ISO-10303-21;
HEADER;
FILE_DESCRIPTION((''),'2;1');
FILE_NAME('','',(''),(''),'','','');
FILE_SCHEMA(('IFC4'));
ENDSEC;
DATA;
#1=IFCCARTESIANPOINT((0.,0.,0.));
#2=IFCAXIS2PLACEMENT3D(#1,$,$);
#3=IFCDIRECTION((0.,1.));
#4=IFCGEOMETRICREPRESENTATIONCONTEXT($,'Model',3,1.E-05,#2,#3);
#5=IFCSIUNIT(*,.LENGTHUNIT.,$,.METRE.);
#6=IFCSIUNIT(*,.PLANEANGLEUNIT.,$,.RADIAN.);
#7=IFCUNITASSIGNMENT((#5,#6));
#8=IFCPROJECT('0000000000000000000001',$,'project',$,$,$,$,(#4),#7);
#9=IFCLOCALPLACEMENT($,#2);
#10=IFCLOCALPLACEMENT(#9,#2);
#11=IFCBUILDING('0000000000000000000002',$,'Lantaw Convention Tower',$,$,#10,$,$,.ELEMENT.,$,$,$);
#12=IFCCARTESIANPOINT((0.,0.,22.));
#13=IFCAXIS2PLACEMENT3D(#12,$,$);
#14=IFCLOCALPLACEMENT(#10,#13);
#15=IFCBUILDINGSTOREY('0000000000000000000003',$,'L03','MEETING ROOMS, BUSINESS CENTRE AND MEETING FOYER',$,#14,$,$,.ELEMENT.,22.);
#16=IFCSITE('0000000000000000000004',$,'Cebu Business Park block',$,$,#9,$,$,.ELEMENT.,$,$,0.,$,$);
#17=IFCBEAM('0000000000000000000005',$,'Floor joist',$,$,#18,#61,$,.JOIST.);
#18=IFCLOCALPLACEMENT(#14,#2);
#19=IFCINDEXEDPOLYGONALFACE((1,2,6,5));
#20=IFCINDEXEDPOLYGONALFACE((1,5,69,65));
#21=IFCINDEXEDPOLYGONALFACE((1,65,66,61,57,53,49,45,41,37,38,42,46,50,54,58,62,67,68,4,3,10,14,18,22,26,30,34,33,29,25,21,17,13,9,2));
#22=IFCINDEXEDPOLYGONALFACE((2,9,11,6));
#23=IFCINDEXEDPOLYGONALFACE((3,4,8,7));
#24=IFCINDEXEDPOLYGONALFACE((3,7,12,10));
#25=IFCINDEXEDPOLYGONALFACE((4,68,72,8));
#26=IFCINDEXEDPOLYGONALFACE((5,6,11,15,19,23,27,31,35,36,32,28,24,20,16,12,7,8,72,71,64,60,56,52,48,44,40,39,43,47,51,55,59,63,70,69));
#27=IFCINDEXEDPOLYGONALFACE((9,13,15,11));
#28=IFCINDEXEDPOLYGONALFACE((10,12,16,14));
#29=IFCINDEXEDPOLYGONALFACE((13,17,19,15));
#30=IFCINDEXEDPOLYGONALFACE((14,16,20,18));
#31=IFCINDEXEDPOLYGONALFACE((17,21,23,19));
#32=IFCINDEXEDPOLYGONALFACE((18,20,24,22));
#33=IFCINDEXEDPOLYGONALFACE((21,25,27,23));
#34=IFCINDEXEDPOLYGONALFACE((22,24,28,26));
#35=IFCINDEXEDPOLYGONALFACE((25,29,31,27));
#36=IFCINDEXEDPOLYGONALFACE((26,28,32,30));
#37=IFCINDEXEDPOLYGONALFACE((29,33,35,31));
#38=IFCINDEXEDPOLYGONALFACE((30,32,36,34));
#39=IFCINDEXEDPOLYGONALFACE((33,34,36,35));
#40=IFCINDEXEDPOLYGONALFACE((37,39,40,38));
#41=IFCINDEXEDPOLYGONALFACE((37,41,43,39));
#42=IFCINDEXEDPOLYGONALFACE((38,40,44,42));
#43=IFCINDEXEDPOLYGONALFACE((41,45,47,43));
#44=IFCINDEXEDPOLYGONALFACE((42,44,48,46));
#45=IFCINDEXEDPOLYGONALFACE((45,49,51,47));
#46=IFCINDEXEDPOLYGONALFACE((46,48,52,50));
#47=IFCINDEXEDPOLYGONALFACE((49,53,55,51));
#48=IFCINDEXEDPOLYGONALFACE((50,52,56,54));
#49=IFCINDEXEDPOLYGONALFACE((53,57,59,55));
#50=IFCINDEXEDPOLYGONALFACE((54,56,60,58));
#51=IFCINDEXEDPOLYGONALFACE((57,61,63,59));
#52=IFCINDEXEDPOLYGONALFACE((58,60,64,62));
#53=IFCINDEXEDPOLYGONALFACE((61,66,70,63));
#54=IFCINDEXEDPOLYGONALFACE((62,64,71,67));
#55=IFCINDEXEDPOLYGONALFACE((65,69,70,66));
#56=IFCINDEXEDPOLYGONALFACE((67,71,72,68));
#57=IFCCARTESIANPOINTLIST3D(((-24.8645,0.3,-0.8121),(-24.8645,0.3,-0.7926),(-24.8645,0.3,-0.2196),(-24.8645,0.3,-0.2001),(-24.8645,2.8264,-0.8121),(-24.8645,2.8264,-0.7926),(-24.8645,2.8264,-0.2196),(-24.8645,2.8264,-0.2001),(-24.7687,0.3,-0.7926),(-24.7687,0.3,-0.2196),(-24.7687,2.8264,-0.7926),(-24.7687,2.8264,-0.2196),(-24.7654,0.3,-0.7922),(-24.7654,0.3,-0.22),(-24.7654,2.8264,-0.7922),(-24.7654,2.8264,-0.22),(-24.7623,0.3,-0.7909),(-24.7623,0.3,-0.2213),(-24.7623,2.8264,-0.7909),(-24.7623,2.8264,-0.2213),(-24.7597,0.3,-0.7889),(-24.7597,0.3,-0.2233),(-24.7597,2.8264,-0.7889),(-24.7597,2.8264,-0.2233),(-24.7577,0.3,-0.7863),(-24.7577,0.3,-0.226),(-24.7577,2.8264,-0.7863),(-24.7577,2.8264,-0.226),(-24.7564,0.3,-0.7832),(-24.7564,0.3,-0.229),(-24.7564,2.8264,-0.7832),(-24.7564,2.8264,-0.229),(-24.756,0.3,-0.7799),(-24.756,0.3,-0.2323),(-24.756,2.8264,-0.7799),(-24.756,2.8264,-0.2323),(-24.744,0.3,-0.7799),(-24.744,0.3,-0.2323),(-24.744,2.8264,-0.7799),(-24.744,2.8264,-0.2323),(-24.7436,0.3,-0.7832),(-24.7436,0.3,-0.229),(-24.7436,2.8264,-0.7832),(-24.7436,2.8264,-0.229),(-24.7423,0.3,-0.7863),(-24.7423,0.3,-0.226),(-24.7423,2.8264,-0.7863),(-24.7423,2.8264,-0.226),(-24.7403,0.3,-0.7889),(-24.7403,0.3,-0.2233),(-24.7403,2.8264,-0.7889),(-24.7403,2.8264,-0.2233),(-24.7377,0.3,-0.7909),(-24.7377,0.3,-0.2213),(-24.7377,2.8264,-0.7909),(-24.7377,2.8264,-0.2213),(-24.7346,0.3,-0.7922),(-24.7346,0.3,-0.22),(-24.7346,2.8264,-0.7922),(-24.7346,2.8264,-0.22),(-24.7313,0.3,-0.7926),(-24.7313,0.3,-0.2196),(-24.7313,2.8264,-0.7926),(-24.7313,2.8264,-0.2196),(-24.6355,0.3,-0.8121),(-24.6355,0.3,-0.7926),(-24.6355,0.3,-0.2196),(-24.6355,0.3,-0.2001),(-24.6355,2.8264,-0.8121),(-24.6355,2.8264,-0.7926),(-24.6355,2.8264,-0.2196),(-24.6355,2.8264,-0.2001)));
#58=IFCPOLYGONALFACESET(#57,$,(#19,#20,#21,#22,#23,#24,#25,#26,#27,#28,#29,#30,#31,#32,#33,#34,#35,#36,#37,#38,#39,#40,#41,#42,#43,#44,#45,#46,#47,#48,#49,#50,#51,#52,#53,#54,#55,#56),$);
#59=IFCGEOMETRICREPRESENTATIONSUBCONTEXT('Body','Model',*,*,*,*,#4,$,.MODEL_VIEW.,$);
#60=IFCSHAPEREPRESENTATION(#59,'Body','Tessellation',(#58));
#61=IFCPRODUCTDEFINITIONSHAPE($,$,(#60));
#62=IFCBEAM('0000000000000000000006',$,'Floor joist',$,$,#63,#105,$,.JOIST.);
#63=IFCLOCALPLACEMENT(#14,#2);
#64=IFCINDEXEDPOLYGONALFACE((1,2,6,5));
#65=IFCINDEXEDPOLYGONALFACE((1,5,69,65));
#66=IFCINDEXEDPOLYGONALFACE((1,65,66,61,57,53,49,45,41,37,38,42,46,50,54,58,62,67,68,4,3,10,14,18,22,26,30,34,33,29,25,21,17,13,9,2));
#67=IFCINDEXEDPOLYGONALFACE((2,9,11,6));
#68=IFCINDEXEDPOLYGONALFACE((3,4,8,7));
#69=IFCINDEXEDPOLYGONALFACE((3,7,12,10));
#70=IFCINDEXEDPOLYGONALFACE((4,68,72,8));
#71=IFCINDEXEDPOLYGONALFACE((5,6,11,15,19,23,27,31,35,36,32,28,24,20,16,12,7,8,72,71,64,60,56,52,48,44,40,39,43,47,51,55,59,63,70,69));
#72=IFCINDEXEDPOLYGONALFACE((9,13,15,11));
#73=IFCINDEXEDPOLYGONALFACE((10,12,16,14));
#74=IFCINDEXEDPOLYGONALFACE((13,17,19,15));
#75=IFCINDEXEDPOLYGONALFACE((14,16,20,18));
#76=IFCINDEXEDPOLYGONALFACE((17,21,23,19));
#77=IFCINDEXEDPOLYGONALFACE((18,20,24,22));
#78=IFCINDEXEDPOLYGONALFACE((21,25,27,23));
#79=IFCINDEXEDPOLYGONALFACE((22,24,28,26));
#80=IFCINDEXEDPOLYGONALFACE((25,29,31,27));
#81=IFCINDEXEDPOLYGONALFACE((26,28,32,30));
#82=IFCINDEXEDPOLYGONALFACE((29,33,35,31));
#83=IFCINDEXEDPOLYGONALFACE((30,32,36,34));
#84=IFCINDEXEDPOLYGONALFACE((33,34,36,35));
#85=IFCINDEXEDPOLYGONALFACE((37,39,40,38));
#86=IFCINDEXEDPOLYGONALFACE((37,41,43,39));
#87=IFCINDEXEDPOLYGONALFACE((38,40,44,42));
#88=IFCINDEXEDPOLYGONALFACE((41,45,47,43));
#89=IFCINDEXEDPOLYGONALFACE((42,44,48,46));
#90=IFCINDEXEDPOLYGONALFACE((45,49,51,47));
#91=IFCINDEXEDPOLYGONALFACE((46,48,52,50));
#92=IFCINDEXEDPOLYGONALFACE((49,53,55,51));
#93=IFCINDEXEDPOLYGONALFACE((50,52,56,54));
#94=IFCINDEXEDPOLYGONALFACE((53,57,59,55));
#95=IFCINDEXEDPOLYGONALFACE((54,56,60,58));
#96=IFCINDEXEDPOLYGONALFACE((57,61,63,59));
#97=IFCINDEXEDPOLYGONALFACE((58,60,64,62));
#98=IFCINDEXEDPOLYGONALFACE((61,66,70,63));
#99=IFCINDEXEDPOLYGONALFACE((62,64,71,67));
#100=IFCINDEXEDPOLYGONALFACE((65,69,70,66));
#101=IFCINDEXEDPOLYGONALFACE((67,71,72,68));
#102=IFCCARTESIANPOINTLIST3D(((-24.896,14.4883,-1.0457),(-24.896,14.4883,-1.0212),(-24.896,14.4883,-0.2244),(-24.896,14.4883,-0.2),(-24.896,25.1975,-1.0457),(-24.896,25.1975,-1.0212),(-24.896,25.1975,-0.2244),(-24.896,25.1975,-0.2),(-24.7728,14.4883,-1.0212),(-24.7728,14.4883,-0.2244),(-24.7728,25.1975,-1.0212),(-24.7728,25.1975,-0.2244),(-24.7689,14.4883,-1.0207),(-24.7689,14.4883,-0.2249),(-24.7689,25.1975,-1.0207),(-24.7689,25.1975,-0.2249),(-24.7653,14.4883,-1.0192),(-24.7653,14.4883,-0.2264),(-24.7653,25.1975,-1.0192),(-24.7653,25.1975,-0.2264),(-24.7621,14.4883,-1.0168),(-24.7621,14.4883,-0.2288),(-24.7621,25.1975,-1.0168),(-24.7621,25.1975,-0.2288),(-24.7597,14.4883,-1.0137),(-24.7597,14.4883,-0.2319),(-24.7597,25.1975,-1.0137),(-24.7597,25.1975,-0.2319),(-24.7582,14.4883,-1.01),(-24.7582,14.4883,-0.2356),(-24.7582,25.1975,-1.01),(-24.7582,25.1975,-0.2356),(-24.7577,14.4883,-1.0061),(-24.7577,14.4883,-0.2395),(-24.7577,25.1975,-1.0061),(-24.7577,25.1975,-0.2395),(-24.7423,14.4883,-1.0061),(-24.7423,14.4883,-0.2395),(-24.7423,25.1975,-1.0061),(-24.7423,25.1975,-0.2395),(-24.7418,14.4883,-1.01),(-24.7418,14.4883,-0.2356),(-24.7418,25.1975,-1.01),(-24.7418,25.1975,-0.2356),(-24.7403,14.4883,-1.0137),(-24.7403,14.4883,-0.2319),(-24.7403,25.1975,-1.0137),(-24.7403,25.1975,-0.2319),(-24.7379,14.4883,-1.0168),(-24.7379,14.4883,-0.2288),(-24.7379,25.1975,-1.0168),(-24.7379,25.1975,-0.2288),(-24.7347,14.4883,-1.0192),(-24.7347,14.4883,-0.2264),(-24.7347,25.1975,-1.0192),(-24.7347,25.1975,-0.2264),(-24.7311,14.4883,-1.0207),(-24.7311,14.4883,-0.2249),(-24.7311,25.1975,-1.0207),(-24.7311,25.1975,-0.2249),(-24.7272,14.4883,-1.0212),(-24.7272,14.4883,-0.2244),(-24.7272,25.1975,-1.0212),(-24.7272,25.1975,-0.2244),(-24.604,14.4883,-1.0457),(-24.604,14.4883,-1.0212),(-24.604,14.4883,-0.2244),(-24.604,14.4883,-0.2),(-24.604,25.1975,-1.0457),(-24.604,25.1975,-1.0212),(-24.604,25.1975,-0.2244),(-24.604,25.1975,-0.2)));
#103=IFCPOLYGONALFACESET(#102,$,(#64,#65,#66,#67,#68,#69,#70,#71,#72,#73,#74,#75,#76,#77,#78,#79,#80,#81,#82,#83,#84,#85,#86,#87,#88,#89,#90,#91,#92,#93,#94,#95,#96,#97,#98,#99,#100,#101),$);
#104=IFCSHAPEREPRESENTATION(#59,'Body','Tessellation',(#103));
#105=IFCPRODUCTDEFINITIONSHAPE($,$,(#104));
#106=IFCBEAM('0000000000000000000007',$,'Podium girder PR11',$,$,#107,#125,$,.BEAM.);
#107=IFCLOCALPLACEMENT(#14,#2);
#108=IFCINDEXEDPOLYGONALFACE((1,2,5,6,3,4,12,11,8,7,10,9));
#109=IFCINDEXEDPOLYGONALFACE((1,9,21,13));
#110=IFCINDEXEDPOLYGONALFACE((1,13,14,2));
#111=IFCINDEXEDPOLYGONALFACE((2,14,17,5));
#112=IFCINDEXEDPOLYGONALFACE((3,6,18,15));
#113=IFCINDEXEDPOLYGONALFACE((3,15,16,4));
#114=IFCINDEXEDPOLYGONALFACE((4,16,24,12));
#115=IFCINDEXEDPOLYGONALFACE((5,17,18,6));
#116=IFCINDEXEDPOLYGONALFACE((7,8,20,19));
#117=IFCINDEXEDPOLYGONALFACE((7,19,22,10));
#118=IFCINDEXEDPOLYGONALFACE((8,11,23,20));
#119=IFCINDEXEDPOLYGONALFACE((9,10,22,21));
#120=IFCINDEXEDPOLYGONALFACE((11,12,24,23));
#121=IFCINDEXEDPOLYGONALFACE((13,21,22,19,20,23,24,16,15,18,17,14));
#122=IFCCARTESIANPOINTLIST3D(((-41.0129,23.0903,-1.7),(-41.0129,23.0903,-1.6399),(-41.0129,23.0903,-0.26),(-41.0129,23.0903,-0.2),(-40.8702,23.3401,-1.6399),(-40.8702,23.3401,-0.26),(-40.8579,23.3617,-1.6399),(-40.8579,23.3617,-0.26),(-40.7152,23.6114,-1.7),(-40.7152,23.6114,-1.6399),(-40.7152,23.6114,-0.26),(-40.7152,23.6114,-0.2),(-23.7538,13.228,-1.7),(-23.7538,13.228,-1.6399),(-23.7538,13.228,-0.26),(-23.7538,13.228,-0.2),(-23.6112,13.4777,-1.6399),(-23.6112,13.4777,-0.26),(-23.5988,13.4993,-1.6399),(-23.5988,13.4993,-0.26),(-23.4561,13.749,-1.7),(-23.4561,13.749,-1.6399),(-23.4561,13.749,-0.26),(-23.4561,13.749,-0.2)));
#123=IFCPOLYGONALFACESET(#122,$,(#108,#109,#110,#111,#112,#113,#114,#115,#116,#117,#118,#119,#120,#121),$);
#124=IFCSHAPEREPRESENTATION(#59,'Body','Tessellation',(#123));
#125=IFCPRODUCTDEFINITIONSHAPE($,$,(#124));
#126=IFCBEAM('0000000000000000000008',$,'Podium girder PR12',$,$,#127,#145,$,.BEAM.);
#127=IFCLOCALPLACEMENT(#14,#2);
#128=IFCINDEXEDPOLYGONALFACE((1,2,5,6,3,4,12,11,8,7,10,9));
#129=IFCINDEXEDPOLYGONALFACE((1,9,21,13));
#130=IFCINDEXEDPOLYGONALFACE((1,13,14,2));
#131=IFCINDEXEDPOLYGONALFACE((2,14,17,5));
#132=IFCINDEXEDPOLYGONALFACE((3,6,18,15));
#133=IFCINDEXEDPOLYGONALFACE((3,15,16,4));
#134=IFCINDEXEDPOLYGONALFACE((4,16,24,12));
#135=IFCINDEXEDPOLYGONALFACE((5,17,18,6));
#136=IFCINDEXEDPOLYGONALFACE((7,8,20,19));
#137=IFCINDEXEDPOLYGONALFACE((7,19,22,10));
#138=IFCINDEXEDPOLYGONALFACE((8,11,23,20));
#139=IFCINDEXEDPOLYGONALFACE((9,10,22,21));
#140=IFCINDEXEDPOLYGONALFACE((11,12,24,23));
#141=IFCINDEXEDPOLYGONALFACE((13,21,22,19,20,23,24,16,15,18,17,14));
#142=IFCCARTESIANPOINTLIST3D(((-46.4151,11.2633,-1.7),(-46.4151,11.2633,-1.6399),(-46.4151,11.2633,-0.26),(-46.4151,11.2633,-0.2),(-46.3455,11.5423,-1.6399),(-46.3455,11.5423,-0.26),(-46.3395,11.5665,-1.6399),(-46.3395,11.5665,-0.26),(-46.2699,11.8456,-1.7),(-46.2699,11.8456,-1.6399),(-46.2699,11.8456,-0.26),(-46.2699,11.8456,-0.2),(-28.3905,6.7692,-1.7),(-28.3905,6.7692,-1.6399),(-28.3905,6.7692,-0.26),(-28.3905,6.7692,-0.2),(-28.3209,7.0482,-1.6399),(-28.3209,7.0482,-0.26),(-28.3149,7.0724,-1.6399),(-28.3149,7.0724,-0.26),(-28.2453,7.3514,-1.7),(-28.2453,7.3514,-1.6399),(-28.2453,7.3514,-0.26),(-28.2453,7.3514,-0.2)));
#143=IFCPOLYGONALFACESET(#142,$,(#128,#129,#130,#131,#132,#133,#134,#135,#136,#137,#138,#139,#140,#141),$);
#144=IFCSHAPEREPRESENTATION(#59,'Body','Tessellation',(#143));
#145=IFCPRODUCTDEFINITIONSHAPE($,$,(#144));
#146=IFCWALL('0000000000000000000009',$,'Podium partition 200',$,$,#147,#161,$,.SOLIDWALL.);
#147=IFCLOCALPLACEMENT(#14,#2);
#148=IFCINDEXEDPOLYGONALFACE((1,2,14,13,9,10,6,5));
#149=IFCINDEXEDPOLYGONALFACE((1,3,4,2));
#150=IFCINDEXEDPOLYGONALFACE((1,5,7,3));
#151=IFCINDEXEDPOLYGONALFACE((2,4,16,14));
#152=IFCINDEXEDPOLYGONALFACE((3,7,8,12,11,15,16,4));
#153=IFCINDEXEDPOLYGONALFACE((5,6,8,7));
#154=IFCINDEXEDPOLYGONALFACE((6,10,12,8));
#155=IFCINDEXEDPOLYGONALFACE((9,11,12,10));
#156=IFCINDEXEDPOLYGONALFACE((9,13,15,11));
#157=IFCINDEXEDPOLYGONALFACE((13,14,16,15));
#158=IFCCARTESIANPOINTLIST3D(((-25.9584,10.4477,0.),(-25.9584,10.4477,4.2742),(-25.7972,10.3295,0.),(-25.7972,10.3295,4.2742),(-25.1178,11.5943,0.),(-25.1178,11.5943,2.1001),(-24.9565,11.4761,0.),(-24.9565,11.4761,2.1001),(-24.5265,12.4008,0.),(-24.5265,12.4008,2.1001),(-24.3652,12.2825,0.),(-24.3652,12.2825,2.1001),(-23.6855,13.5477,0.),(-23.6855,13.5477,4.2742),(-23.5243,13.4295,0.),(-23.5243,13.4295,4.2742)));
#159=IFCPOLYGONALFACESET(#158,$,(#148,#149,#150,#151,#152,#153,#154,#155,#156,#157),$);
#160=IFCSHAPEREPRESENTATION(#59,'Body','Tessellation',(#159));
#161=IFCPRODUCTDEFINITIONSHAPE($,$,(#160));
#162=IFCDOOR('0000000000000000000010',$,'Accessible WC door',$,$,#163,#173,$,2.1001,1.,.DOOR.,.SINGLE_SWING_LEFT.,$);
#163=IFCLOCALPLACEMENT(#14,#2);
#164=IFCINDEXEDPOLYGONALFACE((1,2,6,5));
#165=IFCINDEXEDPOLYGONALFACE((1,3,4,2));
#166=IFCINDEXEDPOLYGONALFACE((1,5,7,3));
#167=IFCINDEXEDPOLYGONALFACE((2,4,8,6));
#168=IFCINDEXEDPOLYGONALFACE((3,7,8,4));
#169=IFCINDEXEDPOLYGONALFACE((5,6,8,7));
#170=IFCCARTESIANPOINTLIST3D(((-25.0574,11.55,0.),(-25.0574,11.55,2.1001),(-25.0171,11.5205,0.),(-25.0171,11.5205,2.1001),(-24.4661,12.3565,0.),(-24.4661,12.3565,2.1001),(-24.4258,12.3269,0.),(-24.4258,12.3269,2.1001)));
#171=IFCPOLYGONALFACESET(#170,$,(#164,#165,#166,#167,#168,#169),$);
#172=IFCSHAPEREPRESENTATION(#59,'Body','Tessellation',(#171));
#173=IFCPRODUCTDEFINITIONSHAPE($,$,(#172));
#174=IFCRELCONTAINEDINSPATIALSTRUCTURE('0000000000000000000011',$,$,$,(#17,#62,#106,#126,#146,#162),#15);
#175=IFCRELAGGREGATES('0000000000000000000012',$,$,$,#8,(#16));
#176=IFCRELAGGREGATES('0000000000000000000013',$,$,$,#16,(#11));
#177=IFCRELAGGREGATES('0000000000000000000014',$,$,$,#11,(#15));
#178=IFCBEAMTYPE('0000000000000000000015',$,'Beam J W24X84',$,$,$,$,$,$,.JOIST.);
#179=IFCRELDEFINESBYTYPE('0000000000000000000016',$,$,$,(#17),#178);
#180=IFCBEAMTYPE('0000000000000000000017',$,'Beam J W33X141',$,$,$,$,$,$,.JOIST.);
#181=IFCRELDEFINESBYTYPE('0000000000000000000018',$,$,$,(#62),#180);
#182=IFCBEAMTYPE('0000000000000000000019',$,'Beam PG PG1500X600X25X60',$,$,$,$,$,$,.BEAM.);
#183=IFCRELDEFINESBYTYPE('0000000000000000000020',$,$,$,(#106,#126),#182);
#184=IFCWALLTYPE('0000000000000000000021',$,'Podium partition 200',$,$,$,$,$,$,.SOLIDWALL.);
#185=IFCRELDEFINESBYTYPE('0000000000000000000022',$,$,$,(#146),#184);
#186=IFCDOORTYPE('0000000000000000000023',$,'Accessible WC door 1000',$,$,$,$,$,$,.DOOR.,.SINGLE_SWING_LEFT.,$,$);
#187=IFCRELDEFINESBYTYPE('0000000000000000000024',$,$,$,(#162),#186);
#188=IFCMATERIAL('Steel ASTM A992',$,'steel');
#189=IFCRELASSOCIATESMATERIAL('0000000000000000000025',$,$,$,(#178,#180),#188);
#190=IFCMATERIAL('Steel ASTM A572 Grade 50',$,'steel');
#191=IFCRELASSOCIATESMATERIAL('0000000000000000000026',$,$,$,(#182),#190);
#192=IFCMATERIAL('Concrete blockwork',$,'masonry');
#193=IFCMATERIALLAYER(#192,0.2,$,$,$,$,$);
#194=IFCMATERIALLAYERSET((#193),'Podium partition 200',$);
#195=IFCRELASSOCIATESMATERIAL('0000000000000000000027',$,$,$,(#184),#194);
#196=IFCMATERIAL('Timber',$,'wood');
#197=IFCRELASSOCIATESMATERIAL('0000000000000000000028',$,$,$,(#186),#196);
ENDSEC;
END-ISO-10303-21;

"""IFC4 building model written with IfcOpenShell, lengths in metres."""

from ifc_helpers import new_model, si_unit, direction, frame, frame_2d, origin, origin_2d, place, context, subcontext, project, spatial, rectangle, i_section, extrude, material, layer, layer_set, material_profile, profile_set, type_object, element, fill, save


model = new_model("IFC4")

# Units and contexts
model_context = context("Model", 3, precision=1e-05, world=origin(), true_north=direction((0.0, 1.0)))
body_context = subcontext(model_context, "Body", "Model", "MODEL_VIEW")
ifc_project = project(units=[si_unit("LENGTHUNIT", "METRE"), si_unit("PLANEANGLEUNIT", "RADIAN")], contexts=[model_context])

# Site, building, storey
site_placement = place(None, origin())
site = spatial("IfcSite", under=ifc_project, at=site_placement, Name="Cebu Business Park block", CompositionType="ELEMENT", RefElevation=0.0)
building_placement = place(site_placement, origin())
building = spatial("IfcBuilding", under=site, at=building_placement, Name="Lantaw Convention Tower", CompositionType="ELEMENT")
storey_placement = place(building_placement, frame((0.0, 0.0, 22.0)))
storey = spatial("IfcBuildingStorey", under=building, at=storey_placement, Name="L03", Description="MEETING ROOMS, BUSINESS CENTRE AND MEETING FOYER", CompositionType="ELEMENT", Elevation=22.0)

# Shared definitions
ifc_material_1 = material(Name="Steel ASTM A572 Grade 50", Category="steel")

# Beams
ifc_material_2 = material(Name="Steel ASTM A992", Category="steel")
ifc_material_profile_1 = material_profile(ifc_material_2, i_section(OverallWidth=0.229, OverallDepth=0.6121, WebThickness=0.012, FlangeThickness=0.0195, FilletRadius=0.0127, at=origin_2d()), Name="W24X84")
ifc_profile_set_1 = profile_set([ifc_material_profile_1], Name="Steel ASTM A992")
beam_type_1 = type_object("IfcBeamType", Name="Beam J W24X84", PredefinedType="JOIST", material=ifc_profile_set_1)
beam_1_placement = place(storey_placement, frame((-24.75, 0.3, -0.5061), z_axis=(0.0, 1.0, 0.0), x_axis=(-1.0, 0.0, 0.0)))
element("IfcBeam", 1, at=beam_1_placement, inside=storey, type_object=beam_type_1, Name="Floor joist", PredefinedType="JOIST", context=body_context, shape_type="SweptSolid", body=[
    extrude(i_section(OverallWidth=0.229, OverallDepth=0.6121, WebThickness=0.012, FlangeThickness=0.0195, FilletRadius=0.0127, at=origin_2d()), origin(), (0.0, 0.0, 1.0), 2.5264),
])
ifc_material_profile_2 = material_profile(ifc_material_2, i_section(OverallWidth=0.292, OverallDepth=0.8457, WebThickness=0.0154, FlangeThickness=0.0244, FilletRadius=0.0151, at=origin_2d()), Name="W33X141")
ifc_profile_set_2 = profile_set([ifc_material_profile_2], Name="Steel ASTM A992")
beam_type_2 = type_object("IfcBeamType", Name="Beam J W33X141", PredefinedType="JOIST", material=ifc_profile_set_2)
beam_2_placement = place(storey_placement, frame((-24.75, 14.4883, -0.6228), z_axis=(0.0, 1.0, 0.0), x_axis=(-1.0, 0.0, 0.0)))
element("IfcBeam", 2, at=beam_2_placement, inside=storey, type_object=beam_type_2, Name="Floor joist", PredefinedType="JOIST", context=body_context, shape_type="SweptSolid", body=[
    extrude(i_section(OverallWidth=0.292, OverallDepth=0.8457, WebThickness=0.0154, FlangeThickness=0.0244, FilletRadius=0.0151, at=origin_2d()), origin(), (0.0, 0.0, 1.0), 10.7092),
])
ifc_material_profile_3 = material_profile(ifc_material_1, i_section(OverallWidth=0.6001, OverallDepth=1.5, WebThickness=0.0249, FlangeThickness=0.0601, at=origin_2d()), Name="PG1500X600X25X60")
ifc_profile_set_3 = profile_set([ifc_material_profile_3], Name="Steel ASTM A572 Grade 50")
beam_type_3 = type_object("IfcBeamType", Name="Beam PG PG1500X600X25X60", PredefinedType="BEAM", material=ifc_profile_set_3)
beam_3_placement = place(storey_placement, frame((-23.605, 13.4885, -0.95), z_axis=(-0.868243, 0.496139, 0.0), x_axis=(-0.496139, -0.868243, 0.0)))
element("IfcBeam", 3, at=beam_3_placement, inside=storey, type_object=beam_type_3, Name="Podium girder PR11", PredefinedType="BEAM", context=body_context, shape_type="SweptSolid", body=[
    extrude(i_section(OverallWidth=0.6001, OverallDepth=1.5, WebThickness=0.0249, FlangeThickness=0.0601, at=origin_2d()), origin(), (0.0, 0.0, 1.0), 19.8782),
])
beam_4_placement = place(storey_placement, frame((-28.3179, 7.0603, -0.95), z_axis=(-0.970295, 0.241926, 0.0), x_axis=(-0.241926, -0.970295, 0.0)))
element("IfcBeam", 4, at=beam_4_placement, inside=storey, type_object=beam_type_3, Name="Podium girder PR12", PredefinedType="BEAM", context=body_context, shape_type="SweptSolid", body=[
    extrude(i_section(OverallWidth=0.6001, OverallDepth=1.5, WebThickness=0.0249, FlangeThickness=0.0601, at=origin_2d()), origin(), (0.0, 0.0, 1.0), 18.5764),
])

# Wall, opening, door
ifc_material_3 = material(Name="Concrete blockwork", Category="masonry")
ifc_layer_1 = layer(ifc_material_3, 0.2)
ifc_layer_set_1 = layer_set([ifc_layer_1], Name="Podium partition 200")
wall_type_1 = type_object("IfcWallType", Name="Podium partition 200", PredefinedType="SOLIDWALL", material=ifc_layer_set_1)
wall_1_placement = place(storey_placement, frame((-23.605, 13.4885, 0.0), z_axis=(0.0, 0.0, 1.0), x_axis=(-0.591287, -0.806462, 0.0)))
wall_1 = element("IfcWall", 5, at=wall_1_placement, inside=storey, type_object=wall_type_1, Name="Podium partition 200", PredefinedType="SOLIDWALL", context=body_context, shape_type="SweptSolid", body=[
    extrude(rectangle(XDim=3.844, YDim=0.2, at=frame_2d((1.9219, 0.0))), origin(), (0.0, 0.0, 1.0), 4.2742),
])
opening_1_placement = place(wall_1_placement, frame((1.4221, 0.0, 0.0)))
opening_1 = element("IfcOpeningElement", 6, at=opening_1_placement, cuts=wall_1, PredefinedType="OPENING", context=body_context, shape_type="SweptSolid", body=[
    extrude(rectangle(XDim=1.0, YDim=2.1001, at=frame_2d((0.5, 1.05))), frame((0.0, 0.1099, 0.0), z_axis=(0.0, -1.0, 0.0), x_axis=(1.0, 0.0, 0.0)), (0.0, 0.0, 1.0), 0.22),
])
ifc_material_4 = material(Name="Timber", Category="wood")
door_type_1 = type_object("IfcDoorType", Name="Accessible WC door 1000", OperationType="SINGLE_SWING_LEFT", PredefinedType="DOOR", material=ifc_material_4)
door_1_placement = place(opening_1_placement, origin())
door_1 = element("IfcDoor", 7, at=door_1_placement, inside=storey, type_object=door_type_1, Name="Accessible WC door", OperationType="SINGLE_SWING_LEFT", OverallHeight=2.1001, OverallWidth=1.0, PredefinedType="DOOR", context=body_context, shape_type="SweptSolid", body=[
    extrude(rectangle(XDim=1.0, YDim=2.1001, at=frame_2d((0.5, 1.05))), frame((0.0, 0.0249, 0.0), z_axis=(0.0, -1.0, 0.0), x_axis=(1.0, 0.0, 0.0)), (0.0, 0.0, 1.0), 0.05),
])
fill(opening_1, door_1)

save(model, "model.ifc")
